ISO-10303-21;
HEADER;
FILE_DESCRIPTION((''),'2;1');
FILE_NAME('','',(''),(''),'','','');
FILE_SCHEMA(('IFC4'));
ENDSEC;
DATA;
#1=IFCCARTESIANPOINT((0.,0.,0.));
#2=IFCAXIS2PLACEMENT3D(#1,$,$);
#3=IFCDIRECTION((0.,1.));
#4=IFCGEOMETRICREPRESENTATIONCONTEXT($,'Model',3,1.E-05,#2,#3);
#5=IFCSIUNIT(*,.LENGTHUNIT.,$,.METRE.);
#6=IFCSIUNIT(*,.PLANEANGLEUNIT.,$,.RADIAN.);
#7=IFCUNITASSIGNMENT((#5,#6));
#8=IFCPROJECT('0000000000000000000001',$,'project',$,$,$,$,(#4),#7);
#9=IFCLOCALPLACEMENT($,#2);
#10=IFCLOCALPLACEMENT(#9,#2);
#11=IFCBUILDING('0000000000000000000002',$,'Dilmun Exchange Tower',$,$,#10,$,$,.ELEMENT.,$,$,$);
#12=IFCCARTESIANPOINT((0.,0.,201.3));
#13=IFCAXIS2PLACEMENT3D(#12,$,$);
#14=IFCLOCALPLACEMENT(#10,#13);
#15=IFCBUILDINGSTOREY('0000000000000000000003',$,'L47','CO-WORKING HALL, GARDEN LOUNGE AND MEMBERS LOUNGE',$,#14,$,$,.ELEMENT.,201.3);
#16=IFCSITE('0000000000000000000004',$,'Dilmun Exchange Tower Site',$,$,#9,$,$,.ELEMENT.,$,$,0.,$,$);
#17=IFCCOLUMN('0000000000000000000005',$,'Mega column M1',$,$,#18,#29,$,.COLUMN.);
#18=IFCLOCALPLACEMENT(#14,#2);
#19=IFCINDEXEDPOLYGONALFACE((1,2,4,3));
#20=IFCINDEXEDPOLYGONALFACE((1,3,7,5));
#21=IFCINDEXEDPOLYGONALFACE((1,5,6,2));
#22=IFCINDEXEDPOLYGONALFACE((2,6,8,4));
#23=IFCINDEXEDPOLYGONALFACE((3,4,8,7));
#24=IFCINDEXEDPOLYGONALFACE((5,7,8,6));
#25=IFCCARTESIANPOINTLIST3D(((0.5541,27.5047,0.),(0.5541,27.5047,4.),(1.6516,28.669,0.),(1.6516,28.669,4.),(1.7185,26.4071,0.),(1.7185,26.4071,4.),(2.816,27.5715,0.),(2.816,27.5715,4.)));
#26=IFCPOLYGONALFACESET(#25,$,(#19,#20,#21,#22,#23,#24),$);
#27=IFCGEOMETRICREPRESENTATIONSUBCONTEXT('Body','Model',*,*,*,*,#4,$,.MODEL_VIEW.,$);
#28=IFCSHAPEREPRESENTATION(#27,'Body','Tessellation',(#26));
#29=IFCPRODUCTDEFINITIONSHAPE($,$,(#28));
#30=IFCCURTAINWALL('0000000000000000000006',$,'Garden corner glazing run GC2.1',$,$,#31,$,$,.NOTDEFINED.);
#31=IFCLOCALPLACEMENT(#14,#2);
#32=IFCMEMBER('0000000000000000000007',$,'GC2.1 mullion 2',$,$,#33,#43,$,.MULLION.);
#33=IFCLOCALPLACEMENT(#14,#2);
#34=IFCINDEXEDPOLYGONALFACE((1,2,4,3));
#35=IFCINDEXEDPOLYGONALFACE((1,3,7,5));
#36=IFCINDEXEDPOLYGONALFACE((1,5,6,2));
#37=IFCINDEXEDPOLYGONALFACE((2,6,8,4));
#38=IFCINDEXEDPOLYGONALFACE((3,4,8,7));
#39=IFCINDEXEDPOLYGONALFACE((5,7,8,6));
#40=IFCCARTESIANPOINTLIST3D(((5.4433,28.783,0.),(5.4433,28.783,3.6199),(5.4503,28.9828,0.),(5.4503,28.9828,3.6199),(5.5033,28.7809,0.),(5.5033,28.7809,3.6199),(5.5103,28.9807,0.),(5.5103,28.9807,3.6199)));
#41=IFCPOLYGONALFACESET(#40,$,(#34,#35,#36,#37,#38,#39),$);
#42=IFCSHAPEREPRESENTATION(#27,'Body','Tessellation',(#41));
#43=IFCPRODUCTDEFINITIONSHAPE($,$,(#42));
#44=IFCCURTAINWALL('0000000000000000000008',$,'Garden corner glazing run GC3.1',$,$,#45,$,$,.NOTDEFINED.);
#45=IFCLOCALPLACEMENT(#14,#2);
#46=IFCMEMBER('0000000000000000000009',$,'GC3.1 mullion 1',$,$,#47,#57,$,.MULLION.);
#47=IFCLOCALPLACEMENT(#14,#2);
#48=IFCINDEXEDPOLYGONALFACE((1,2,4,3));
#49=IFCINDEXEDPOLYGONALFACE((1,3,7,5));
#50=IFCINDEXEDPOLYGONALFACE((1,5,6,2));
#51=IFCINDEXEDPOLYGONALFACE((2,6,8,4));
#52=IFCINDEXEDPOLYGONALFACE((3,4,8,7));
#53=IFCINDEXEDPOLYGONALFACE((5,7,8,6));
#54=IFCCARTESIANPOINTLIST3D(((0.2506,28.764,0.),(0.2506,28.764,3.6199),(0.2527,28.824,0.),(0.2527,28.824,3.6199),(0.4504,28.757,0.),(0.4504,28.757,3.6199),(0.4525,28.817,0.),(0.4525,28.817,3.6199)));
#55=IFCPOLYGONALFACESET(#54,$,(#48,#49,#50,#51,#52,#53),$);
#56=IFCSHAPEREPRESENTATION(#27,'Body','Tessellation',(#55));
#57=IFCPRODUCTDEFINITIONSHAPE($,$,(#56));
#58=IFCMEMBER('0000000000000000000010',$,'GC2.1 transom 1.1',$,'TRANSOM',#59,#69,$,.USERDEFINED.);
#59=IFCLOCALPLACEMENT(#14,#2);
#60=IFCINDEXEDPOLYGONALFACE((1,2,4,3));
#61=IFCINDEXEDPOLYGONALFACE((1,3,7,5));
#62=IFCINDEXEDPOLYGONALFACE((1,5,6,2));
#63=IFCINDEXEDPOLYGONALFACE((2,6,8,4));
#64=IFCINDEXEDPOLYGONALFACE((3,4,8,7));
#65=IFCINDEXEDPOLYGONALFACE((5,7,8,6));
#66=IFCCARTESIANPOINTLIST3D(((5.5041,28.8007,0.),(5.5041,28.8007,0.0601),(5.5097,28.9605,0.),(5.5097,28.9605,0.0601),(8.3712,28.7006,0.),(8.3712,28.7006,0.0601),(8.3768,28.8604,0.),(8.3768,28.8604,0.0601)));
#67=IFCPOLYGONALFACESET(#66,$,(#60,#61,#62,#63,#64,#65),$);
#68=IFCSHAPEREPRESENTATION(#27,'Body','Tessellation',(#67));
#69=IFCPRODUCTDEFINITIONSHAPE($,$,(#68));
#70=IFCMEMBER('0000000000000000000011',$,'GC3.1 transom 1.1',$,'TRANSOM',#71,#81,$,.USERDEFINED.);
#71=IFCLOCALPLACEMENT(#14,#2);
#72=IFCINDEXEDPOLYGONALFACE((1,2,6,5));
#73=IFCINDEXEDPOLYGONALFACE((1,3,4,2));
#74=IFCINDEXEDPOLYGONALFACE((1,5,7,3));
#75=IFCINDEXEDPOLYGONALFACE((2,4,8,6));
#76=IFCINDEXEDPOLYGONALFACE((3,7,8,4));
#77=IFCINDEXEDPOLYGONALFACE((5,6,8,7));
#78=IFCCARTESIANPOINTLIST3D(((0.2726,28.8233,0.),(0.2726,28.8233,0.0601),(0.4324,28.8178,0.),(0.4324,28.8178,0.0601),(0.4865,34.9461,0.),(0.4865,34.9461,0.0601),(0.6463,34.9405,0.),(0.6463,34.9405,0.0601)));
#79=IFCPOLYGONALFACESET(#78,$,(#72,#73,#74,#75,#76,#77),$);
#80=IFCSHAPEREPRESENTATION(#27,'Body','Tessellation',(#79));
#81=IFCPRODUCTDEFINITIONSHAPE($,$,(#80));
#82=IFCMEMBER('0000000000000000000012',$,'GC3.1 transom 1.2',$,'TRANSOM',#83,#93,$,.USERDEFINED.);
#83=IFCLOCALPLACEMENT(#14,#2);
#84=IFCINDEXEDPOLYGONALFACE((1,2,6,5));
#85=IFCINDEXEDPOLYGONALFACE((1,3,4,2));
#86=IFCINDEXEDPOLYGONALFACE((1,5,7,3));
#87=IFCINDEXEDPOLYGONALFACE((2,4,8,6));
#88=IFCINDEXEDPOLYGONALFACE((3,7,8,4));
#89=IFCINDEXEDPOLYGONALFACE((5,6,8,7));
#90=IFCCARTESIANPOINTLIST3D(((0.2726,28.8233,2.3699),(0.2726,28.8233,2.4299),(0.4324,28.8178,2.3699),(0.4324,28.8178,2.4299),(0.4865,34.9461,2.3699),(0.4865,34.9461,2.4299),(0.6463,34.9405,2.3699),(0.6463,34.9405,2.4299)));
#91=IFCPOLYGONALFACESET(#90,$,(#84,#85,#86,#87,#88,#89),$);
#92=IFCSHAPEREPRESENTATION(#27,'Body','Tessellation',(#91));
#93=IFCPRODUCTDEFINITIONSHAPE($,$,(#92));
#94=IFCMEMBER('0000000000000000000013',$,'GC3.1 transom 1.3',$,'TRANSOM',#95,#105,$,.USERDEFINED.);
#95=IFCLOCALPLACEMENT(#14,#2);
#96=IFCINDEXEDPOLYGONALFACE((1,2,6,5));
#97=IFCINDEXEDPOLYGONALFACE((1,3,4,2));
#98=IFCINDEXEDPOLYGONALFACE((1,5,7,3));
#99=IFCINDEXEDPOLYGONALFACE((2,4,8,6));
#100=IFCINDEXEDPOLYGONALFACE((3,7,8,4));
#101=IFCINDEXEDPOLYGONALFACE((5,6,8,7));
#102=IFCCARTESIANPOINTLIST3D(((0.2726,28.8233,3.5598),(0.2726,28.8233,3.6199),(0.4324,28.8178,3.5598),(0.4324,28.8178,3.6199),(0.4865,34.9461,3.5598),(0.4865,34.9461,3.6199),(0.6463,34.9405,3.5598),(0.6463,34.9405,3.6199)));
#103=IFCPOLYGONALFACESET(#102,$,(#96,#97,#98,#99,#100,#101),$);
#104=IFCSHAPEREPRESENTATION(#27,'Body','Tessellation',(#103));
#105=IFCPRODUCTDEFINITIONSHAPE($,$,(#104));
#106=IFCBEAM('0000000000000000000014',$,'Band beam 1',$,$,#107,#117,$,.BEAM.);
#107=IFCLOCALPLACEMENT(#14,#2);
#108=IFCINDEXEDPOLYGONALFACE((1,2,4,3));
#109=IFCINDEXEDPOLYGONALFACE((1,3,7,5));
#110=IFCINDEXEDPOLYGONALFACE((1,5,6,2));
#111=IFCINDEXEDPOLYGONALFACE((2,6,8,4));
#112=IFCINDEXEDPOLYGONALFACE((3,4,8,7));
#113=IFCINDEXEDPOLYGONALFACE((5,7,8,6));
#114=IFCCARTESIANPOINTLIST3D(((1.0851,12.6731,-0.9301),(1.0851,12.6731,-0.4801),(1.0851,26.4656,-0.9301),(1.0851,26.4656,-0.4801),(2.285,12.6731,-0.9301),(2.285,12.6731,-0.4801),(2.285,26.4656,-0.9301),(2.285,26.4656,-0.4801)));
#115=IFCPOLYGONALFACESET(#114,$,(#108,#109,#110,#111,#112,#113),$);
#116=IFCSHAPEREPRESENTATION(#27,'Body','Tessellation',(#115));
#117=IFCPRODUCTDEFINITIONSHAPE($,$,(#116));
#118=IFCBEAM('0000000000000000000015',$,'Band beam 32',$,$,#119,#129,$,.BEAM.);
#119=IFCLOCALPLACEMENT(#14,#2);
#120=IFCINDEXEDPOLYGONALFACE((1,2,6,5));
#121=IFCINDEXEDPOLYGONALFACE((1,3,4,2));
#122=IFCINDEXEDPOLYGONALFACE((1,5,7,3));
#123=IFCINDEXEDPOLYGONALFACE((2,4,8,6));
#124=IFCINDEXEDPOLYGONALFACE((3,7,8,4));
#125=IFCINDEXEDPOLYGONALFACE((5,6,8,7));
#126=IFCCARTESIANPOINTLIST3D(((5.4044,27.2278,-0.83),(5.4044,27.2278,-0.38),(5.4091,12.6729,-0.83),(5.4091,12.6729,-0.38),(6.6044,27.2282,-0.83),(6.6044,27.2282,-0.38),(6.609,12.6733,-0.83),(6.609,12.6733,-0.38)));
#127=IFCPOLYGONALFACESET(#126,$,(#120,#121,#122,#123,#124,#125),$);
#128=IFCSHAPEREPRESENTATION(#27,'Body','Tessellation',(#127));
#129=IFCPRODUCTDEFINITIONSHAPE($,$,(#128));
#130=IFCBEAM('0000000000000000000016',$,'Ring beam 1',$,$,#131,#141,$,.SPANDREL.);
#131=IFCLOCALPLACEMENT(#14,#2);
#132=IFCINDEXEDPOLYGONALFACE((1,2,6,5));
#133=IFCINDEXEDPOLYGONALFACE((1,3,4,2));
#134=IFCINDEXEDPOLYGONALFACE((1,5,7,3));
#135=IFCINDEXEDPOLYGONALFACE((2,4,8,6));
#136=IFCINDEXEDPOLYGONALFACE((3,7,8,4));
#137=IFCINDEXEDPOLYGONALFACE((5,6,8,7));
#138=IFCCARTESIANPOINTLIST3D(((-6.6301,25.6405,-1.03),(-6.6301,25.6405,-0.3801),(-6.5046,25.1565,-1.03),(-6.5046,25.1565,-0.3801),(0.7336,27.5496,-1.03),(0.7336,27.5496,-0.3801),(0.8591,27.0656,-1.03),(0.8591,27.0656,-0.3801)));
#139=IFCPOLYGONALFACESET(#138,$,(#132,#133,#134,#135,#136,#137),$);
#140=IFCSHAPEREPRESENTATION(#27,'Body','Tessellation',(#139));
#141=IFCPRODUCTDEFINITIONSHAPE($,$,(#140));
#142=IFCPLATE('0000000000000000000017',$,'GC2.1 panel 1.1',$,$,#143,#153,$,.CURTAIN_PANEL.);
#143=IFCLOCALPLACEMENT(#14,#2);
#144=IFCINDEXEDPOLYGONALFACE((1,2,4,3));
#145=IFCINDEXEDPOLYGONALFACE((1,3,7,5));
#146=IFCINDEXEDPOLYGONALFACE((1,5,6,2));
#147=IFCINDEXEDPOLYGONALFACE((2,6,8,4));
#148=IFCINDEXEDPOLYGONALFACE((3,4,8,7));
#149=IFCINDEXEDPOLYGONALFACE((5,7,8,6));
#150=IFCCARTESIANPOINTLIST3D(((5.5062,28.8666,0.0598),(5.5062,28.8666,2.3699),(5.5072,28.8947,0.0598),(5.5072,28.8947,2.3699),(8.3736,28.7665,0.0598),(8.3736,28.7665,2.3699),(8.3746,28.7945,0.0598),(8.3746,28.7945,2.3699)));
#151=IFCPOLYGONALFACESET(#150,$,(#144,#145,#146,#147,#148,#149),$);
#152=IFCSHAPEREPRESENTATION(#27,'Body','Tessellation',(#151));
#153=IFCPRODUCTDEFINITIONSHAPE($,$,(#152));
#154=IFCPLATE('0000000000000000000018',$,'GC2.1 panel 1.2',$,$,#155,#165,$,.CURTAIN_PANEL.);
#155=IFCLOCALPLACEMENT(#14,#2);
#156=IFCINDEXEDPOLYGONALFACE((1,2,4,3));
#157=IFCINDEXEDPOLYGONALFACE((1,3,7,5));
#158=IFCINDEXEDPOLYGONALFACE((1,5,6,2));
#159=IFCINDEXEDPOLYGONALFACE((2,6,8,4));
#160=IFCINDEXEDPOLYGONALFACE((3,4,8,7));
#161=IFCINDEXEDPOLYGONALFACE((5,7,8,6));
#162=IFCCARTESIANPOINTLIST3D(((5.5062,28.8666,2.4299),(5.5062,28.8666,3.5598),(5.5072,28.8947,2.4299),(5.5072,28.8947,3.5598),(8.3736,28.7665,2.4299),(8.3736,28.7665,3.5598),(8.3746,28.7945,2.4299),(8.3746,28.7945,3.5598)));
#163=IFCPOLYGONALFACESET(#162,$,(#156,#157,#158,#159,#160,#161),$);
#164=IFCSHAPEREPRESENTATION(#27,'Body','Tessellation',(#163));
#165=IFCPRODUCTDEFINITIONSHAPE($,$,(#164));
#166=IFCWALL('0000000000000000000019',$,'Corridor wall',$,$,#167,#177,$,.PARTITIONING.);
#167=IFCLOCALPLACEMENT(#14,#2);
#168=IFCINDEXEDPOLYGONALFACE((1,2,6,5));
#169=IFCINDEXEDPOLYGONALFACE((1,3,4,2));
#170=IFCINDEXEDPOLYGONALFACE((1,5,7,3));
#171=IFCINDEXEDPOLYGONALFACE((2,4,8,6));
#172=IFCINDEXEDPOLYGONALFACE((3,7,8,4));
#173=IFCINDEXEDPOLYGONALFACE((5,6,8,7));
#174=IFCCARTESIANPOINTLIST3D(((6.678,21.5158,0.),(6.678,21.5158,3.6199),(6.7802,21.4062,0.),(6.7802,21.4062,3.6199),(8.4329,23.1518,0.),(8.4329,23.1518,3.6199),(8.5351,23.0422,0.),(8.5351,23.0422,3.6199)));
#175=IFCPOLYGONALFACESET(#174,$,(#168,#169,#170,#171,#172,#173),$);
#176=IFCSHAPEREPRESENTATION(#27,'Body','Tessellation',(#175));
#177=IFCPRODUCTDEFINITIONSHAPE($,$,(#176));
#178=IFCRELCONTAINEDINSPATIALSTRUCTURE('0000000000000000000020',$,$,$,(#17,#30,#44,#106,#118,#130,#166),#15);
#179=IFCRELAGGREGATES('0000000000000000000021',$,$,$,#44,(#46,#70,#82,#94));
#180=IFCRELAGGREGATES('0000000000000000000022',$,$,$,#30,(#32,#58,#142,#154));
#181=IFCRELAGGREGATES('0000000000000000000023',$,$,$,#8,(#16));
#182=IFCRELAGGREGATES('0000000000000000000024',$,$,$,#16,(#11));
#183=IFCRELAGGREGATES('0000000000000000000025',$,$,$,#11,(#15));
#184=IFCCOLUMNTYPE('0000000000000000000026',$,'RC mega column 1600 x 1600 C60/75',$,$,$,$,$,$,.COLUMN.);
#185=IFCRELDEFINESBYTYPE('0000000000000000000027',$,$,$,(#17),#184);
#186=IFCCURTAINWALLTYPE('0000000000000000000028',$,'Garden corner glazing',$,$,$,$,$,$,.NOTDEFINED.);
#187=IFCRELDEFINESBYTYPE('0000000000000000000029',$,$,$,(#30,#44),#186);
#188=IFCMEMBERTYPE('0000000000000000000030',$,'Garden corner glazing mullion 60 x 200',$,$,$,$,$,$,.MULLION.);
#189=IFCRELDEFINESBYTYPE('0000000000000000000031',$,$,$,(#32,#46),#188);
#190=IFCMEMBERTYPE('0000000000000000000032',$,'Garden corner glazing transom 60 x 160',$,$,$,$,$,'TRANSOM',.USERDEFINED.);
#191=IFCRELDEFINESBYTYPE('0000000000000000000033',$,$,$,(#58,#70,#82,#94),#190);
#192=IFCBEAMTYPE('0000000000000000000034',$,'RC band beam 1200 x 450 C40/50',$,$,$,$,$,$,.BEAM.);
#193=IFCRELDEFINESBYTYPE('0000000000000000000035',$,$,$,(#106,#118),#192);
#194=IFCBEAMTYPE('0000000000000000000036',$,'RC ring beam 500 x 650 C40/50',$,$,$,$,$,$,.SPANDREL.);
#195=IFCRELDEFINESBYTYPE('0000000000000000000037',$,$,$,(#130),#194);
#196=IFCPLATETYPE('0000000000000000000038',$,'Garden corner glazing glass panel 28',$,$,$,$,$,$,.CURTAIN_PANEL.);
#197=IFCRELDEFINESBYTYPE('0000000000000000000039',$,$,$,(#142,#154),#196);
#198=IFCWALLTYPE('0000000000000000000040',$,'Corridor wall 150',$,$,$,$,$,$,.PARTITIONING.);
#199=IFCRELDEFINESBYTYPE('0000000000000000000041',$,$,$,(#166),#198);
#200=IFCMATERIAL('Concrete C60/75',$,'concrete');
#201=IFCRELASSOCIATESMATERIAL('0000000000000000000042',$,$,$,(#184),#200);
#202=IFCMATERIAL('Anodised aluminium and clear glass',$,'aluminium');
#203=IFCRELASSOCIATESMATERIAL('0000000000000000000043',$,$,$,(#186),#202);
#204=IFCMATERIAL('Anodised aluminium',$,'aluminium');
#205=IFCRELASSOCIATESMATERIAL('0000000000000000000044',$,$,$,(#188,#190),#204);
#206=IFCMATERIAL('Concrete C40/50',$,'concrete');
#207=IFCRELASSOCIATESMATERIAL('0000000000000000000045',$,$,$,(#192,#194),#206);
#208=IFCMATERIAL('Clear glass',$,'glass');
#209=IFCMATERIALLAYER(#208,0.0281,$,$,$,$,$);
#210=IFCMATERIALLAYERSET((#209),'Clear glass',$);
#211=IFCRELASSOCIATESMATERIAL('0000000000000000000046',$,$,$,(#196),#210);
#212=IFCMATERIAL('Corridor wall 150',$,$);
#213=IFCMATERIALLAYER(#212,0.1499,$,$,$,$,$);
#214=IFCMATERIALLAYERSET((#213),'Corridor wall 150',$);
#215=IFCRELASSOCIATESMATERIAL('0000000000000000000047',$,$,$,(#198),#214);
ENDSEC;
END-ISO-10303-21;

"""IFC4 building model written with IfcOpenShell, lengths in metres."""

from ifc_helpers import new_model, si_unit, direction, frame, frame_2d, origin, origin_2d, place, context, subcontext, project, spatial, rectangle, extrude, material, layer, layer_set, material_profile, profile_set, type_object, element, aggregate, save


model = new_model("IFC4")

# Units and contexts
model_context = context("Model", 3, precision=1e-05, world=origin(), true_north=direction((0.0, 1.0)))
body_context = subcontext(model_context, "Body", "Model", "MODEL_VIEW")
ifc_project = project(units=[si_unit("LENGTHUNIT", "METRE"), si_unit("PLANEANGLEUNIT", "RADIAN")], contexts=[model_context])

# Site, building, storey
site_placement = place(None, origin())
site = spatial("IfcSite", under=ifc_project, at=site_placement, Name="Dilmun Exchange Tower Site", CompositionType="ELEMENT", RefElevation=0.0)
building_placement = place(site_placement, origin())
building = spatial("IfcBuilding", under=site, at=building_placement, Name="Dilmun Exchange Tower", CompositionType="ELEMENT")
storey_placement = place(building_placement, frame((0.0, 0.0, 201.3)))
storey = spatial("IfcBuildingStorey", under=building, at=storey_placement, Name="L47", Description="CO-WORKING HALL, GARDEN LOUNGE AND MEMBERS LOUNGE", CompositionType="ELEMENT", Elevation=201.3)

# Column
ifc_material_1 = material(Name="Concrete C60/75", Category="concrete")
ifc_material_profile_1 = material_profile(ifc_material_1, rectangle(XDim=1.6001, YDim=1.6001, at=origin_2d()), Name="1600 x 1600")
ifc_profile_set_1 = profile_set([ifc_material_profile_1], Name="Concrete C60/75")
column_type = type_object("IfcColumnType", Name="RC mega column 1600 x 1600 C60/75", PredefinedType="COLUMN", material=ifc_profile_set_1)
column_placement = place(storey_placement, frame((1.6851, 27.5381, 0.0), z_axis=(0.0, 0.0, 1.0), x_axis=(0.685916, 0.727681, 0.0)))
element("IfcColumn", 1, at=column_placement, inside=storey, type_object=column_type, Name="Mega column M1", PredefinedType="COLUMN", context=body_context, shape_type="SweptSolid", body=[
    extrude(rectangle(XDim=1.6001, YDim=1.6001, at=origin_2d()), origin(), (0.0, 0.0, 1.0), 4.0),
])

# Curtain walls, members
ifc_material_2 = material(Name="Anodised aluminium and clear glass", Category="aluminium")
curtain_wall_type = type_object("IfcCurtainWallType", Name="Garden corner glazing", PredefinedType="NOTDEFINED", material=ifc_material_2)
curtain_wall_1_placement = place(storey_placement, origin())
curtain_wall_1 = element("IfcCurtainWall", 2, at=curtain_wall_1_placement, inside=storey, type_object=curtain_wall_type, Name="Garden corner glazing run GC2.1", PredefinedType="NOTDEFINED")
ifc_material_3 = material(Name="Anodised aluminium", Category="aluminium")
ifc_material_profile_2 = material_profile(ifc_material_3, rectangle(XDim=0.2, YDim=0.0601, at=origin_2d()), Name="AL 60x200")
ifc_profile_set_2 = profile_set([ifc_material_profile_2], Name="Anodised aluminium")
member_type_1 = type_object("IfcMemberType", Name="Garden corner glazing mullion 60 x 200", PredefinedType="MULLION", material=ifc_profile_set_2)
member_1_placement = place(storey_placement, frame((5.4768, 28.8818, 0.0), z_axis=(0.0, 0.0, 1.0), x_axis=(-0.034893, -0.999391, 0.0)))
member_1 = element("IfcMember", 3, at=member_1_placement, type_object=member_type_1, Name="GC2.1 mullion 2", PredefinedType="MULLION", context=body_context, shape_type="SweptSolid", body=[
    extrude(rectangle(XDim=0.2, YDim=0.0601, at=origin_2d()), origin(), (0.0, 0.0, 1.0), 3.6199),
])
curtain_wall_2_placement = place(storey_placement, origin())
curtain_wall_2 = element("IfcCurtainWall", 4, at=curtain_wall_2_placement, inside=storey, type_object=curtain_wall_type, Name="Garden corner glazing run GC3.1", PredefinedType="NOTDEFINED")
member_2_placement = place(storey_placement, frame((0.3516, 28.7905, 0.0), z_axis=(0.0, 0.0, 1.0), x_axis=(-0.999391, 0.0349, 0.0)))
member_2 = element("IfcMember", 5, at=member_2_placement, type_object=member_type_1, Name="GC3.1 mullion 1", PredefinedType="MULLION", context=body_context, shape_type="SweptSolid", body=[
    extrude(rectangle(XDim=0.2, YDim=0.0601, at=origin_2d()), origin(), (0.0, 0.0, 1.0), 3.6199),
])

# Members
ifc_material_profile_3 = material_profile(ifc_material_3, rectangle(XDim=0.1599, YDim=0.0601, at=origin_2d()), Name="AL 60x160")
ifc_profile_set_3 = profile_set([ifc_material_profile_3], Name="Anodised aluminium")
member_type_2 = type_object("IfcMemberType", Name="Garden corner glazing transom 60 x 160", ElementType="TRANSOM", PredefinedType="USERDEFINED", material=ifc_profile_set_3)
member_3_placement = place(storey_placement, frame((8.374, 28.7805, 0.03), z_axis=(-0.999391, 0.03489, 0.0), x_axis=(-0.03489, -0.999391, 0.0)))
member_3 = element("IfcMember", 6, at=member_3_placement, type_object=member_type_2, Name="GC2.1 transom 1.1", ObjectType="TRANSOM", PredefinedType="USERDEFINED", context=body_context, shape_type="SweptSolid", body=[
    extrude(rectangle(XDim=0.1599, YDim=0.0601, at=origin_2d()), origin(), (0.0, 0.0, 1.0), 2.8689),
])
member_4_placement = place(storey_placement, frame((0.3525, 28.8206, 0.03), z_axis=(0.034908, 0.999391, 0.0), x_axis=(-0.999391, 0.034908, 0.0)))
member_4 = element("IfcMember", 7, at=member_4_placement, type_object=member_type_2, Name="GC3.1 transom 1.1", ObjectType="TRANSOM", PredefinedType="USERDEFINED", context=body_context, shape_type="SweptSolid", body=[
    extrude(rectangle(XDim=0.1599, YDim=0.0601, at=origin_2d()), origin(), (0.0, 0.0, 1.0), 6.1265),
])
member_5_placement = place(storey_placement, frame((0.3525, 28.8206, 2.3999), z_axis=(0.034908, 0.999391, 0.0), x_axis=(-0.999391, 0.034908, 0.0)))
member_5 = element("IfcMember", 8, at=member_5_placement, type_object=member_type_2, Name="GC3.1 transom 1.2", ObjectType="TRANSOM", PredefinedType="USERDEFINED", context=body_context, shape_type="SweptSolid", body=[
    extrude(rectangle(XDim=0.1599, YDim=0.0601, at=origin_2d()), origin(), (0.0, 0.0, 1.0), 6.1265),
])
member_6_placement = place(storey_placement, frame((0.3525, 28.8206, 3.5898), z_axis=(0.034908, 0.999391, 0.0), x_axis=(-0.999391, 0.034908, 0.0)))
member_6 = element("IfcMember", 9, at=member_6_placement, type_object=member_type_2, Name="GC3.1 transom 1.3", ObjectType="TRANSOM", PredefinedType="USERDEFINED", context=body_context, shape_type="SweptSolid", body=[
    extrude(rectangle(XDim=0.1599, YDim=0.0601, at=origin_2d()), origin(), (0.0, 0.0, 1.0), 6.1265),
])
aggregate(curtain_wall_2, [member_2, member_4, member_5, member_6])

# Beams
ifc_material_4 = material(Name="Concrete C40/50", Category="concrete")
ifc_material_profile_4 = material_profile(ifc_material_4, rectangle(XDim=1.2, YDim=0.45, at=origin_2d()), Name="1200 x 450")
ifc_profile_set_4 = profile_set([ifc_material_profile_4], Name="Concrete C40/50")
beam_type_1 = type_object("IfcBeamType", Name="RC band beam 1200 x 450 C40/50", PredefinedType="BEAM", material=ifc_profile_set_4)
beam_1_placement = place(storey_placement, frame((1.6851, 26.4656, -0.7051), z_axis=(0.0, -1.0, 0.0), x_axis=(1.0, 0.0, 0.0)))
element("IfcBeam", 10, at=beam_1_placement, inside=storey, type_object=beam_type_1, Name="Band beam 1", PredefinedType="BEAM", context=body_context, shape_type="SweptSolid", body=[
    extrude(rectangle(XDim=1.2, YDim=0.45, at=origin_2d()), origin(), (0.0, 0.0, 1.0), 13.7925),
])
beam_2_placement = place(storey_placement, frame((6.0044, 27.228, -0.605), z_axis=(0.000319, -1.0, 0.0), x_axis=(1.0, 0.000319, 0.0)))
element("IfcBeam", 11, at=beam_2_placement, inside=storey, type_object=beam_type_1, Name="Band beam 32", PredefinedType="BEAM", context=body_context, shape_type="SweptSolid", body=[
    extrude(rectangle(XDim=1.2, YDim=0.45, at=origin_2d()), origin(), (0.0, 0.0, 1.0), 14.5549),
])
ifc_material_profile_5 = material_profile(ifc_material_4, rectangle(XDim=0.5, YDim=0.6499, at=origin_2d()), Name="500 x 650")
ifc_profile_set_5 = profile_set([ifc_material_profile_5], Name="Concrete C40/50")
beam_type_2 = type_object("IfcBeamType", Name="RC ring beam 500 x 650 C40/50", PredefinedType="SPANDREL", material=ifc_profile_set_5)
beam_3_placement = place(storey_placement, frame((0.7964, 27.3076, -0.7051), z_axis=(-0.967995, -0.250969, 0.0), x_axis=(0.250969, -0.967995, 0.0)))
element("IfcBeam", 12, at=beam_3_placement, inside=storey, type_object=beam_type_2, Name="Ring beam 1", PredefinedType="SPANDREL", context=body_context, shape_type="SweptSolid", body=[
    extrude(rectangle(XDim=0.5, YDim=0.6499, at=origin_2d()), origin(), (0.0, 0.0, 1.0), 7.6072),
])

# Plates
ifc_material_5 = material(Name="Clear glass", Category="glass")
ifc_layer_1 = layer(ifc_material_5, 0.0281)
ifc_layer_set_1 = layer_set([ifc_layer_1], Name="Clear glass")
plate_type = type_object("IfcPlateType", Name="Garden corner glazing glass panel 28", PredefinedType="CURTAIN_PANEL", material=ifc_layer_set_1)
plate_1_placement = place(storey_placement, frame((6.9404, 28.8306, 0.0598), z_axis=(0.0, 0.0, 1.0), x_axis=(-0.999391, 0.034893, 0.0)))
plate_1 = element("IfcPlate", 13, at=plate_1_placement, type_object=plate_type, Name="GC2.1 panel 1.1", PredefinedType="CURTAIN_PANEL", context=body_context, shape_type="SweptSolid", body=[
    extrude(rectangle(XDim=2.8691, YDim=0.0281, at=origin_2d()), origin(), (0.0, 0.0, 1.0), 2.3101),
])
plate_2_placement = place(storey_placement, frame((6.9404, 28.8306, 2.4299), z_axis=(0.0, 0.0, 1.0), x_axis=(-0.999391, 0.034893, 0.0)))
plate_2 = element("IfcPlate", 14, at=plate_2_placement, type_object=plate_type, Name="GC2.1 panel 1.2", PredefinedType="CURTAIN_PANEL", context=body_context, shape_type="SweptSolid", body=[
    extrude(rectangle(XDim=2.8691, YDim=0.0281, at=origin_2d()), origin(), (0.0, 0.0, 1.0), 1.1299),
])
aggregate(curtain_wall_1, [member_1, member_3, plate_1, plate_2])

# Wall
ifc_material_6 = material(Name="Corridor wall 150")
ifc_layer_2 = layer(ifc_material_6, 0.1499)
ifc_layer_set_2 = layer_set([ifc_layer_2], Name="Corridor wall 150")
wall_type = type_object("IfcWallType", Name="Corridor wall 150", PredefinedType="PARTITIONING", material=ifc_layer_set_2)
wall_1_placement = place(storey_placement, frame((6.729, 21.4609, 0.0), z_axis=(0.0, 0.0, 1.0), x_axis=(0.731451, 0.681894, 0.0)))
element("IfcWall", 15, at=wall_1_placement, inside=storey, type_object=wall_type, Name="Corridor wall", PredefinedType="PARTITIONING", context=body_context, shape_type="SweptSolid", body=[
    extrude(rectangle(XDim=2.3992, YDim=0.1499, at=frame_2d((1.1997, 0.0))), origin(), (0.0, 0.0, 1.0), 3.6199),
])

save(model, "model.ifc")
